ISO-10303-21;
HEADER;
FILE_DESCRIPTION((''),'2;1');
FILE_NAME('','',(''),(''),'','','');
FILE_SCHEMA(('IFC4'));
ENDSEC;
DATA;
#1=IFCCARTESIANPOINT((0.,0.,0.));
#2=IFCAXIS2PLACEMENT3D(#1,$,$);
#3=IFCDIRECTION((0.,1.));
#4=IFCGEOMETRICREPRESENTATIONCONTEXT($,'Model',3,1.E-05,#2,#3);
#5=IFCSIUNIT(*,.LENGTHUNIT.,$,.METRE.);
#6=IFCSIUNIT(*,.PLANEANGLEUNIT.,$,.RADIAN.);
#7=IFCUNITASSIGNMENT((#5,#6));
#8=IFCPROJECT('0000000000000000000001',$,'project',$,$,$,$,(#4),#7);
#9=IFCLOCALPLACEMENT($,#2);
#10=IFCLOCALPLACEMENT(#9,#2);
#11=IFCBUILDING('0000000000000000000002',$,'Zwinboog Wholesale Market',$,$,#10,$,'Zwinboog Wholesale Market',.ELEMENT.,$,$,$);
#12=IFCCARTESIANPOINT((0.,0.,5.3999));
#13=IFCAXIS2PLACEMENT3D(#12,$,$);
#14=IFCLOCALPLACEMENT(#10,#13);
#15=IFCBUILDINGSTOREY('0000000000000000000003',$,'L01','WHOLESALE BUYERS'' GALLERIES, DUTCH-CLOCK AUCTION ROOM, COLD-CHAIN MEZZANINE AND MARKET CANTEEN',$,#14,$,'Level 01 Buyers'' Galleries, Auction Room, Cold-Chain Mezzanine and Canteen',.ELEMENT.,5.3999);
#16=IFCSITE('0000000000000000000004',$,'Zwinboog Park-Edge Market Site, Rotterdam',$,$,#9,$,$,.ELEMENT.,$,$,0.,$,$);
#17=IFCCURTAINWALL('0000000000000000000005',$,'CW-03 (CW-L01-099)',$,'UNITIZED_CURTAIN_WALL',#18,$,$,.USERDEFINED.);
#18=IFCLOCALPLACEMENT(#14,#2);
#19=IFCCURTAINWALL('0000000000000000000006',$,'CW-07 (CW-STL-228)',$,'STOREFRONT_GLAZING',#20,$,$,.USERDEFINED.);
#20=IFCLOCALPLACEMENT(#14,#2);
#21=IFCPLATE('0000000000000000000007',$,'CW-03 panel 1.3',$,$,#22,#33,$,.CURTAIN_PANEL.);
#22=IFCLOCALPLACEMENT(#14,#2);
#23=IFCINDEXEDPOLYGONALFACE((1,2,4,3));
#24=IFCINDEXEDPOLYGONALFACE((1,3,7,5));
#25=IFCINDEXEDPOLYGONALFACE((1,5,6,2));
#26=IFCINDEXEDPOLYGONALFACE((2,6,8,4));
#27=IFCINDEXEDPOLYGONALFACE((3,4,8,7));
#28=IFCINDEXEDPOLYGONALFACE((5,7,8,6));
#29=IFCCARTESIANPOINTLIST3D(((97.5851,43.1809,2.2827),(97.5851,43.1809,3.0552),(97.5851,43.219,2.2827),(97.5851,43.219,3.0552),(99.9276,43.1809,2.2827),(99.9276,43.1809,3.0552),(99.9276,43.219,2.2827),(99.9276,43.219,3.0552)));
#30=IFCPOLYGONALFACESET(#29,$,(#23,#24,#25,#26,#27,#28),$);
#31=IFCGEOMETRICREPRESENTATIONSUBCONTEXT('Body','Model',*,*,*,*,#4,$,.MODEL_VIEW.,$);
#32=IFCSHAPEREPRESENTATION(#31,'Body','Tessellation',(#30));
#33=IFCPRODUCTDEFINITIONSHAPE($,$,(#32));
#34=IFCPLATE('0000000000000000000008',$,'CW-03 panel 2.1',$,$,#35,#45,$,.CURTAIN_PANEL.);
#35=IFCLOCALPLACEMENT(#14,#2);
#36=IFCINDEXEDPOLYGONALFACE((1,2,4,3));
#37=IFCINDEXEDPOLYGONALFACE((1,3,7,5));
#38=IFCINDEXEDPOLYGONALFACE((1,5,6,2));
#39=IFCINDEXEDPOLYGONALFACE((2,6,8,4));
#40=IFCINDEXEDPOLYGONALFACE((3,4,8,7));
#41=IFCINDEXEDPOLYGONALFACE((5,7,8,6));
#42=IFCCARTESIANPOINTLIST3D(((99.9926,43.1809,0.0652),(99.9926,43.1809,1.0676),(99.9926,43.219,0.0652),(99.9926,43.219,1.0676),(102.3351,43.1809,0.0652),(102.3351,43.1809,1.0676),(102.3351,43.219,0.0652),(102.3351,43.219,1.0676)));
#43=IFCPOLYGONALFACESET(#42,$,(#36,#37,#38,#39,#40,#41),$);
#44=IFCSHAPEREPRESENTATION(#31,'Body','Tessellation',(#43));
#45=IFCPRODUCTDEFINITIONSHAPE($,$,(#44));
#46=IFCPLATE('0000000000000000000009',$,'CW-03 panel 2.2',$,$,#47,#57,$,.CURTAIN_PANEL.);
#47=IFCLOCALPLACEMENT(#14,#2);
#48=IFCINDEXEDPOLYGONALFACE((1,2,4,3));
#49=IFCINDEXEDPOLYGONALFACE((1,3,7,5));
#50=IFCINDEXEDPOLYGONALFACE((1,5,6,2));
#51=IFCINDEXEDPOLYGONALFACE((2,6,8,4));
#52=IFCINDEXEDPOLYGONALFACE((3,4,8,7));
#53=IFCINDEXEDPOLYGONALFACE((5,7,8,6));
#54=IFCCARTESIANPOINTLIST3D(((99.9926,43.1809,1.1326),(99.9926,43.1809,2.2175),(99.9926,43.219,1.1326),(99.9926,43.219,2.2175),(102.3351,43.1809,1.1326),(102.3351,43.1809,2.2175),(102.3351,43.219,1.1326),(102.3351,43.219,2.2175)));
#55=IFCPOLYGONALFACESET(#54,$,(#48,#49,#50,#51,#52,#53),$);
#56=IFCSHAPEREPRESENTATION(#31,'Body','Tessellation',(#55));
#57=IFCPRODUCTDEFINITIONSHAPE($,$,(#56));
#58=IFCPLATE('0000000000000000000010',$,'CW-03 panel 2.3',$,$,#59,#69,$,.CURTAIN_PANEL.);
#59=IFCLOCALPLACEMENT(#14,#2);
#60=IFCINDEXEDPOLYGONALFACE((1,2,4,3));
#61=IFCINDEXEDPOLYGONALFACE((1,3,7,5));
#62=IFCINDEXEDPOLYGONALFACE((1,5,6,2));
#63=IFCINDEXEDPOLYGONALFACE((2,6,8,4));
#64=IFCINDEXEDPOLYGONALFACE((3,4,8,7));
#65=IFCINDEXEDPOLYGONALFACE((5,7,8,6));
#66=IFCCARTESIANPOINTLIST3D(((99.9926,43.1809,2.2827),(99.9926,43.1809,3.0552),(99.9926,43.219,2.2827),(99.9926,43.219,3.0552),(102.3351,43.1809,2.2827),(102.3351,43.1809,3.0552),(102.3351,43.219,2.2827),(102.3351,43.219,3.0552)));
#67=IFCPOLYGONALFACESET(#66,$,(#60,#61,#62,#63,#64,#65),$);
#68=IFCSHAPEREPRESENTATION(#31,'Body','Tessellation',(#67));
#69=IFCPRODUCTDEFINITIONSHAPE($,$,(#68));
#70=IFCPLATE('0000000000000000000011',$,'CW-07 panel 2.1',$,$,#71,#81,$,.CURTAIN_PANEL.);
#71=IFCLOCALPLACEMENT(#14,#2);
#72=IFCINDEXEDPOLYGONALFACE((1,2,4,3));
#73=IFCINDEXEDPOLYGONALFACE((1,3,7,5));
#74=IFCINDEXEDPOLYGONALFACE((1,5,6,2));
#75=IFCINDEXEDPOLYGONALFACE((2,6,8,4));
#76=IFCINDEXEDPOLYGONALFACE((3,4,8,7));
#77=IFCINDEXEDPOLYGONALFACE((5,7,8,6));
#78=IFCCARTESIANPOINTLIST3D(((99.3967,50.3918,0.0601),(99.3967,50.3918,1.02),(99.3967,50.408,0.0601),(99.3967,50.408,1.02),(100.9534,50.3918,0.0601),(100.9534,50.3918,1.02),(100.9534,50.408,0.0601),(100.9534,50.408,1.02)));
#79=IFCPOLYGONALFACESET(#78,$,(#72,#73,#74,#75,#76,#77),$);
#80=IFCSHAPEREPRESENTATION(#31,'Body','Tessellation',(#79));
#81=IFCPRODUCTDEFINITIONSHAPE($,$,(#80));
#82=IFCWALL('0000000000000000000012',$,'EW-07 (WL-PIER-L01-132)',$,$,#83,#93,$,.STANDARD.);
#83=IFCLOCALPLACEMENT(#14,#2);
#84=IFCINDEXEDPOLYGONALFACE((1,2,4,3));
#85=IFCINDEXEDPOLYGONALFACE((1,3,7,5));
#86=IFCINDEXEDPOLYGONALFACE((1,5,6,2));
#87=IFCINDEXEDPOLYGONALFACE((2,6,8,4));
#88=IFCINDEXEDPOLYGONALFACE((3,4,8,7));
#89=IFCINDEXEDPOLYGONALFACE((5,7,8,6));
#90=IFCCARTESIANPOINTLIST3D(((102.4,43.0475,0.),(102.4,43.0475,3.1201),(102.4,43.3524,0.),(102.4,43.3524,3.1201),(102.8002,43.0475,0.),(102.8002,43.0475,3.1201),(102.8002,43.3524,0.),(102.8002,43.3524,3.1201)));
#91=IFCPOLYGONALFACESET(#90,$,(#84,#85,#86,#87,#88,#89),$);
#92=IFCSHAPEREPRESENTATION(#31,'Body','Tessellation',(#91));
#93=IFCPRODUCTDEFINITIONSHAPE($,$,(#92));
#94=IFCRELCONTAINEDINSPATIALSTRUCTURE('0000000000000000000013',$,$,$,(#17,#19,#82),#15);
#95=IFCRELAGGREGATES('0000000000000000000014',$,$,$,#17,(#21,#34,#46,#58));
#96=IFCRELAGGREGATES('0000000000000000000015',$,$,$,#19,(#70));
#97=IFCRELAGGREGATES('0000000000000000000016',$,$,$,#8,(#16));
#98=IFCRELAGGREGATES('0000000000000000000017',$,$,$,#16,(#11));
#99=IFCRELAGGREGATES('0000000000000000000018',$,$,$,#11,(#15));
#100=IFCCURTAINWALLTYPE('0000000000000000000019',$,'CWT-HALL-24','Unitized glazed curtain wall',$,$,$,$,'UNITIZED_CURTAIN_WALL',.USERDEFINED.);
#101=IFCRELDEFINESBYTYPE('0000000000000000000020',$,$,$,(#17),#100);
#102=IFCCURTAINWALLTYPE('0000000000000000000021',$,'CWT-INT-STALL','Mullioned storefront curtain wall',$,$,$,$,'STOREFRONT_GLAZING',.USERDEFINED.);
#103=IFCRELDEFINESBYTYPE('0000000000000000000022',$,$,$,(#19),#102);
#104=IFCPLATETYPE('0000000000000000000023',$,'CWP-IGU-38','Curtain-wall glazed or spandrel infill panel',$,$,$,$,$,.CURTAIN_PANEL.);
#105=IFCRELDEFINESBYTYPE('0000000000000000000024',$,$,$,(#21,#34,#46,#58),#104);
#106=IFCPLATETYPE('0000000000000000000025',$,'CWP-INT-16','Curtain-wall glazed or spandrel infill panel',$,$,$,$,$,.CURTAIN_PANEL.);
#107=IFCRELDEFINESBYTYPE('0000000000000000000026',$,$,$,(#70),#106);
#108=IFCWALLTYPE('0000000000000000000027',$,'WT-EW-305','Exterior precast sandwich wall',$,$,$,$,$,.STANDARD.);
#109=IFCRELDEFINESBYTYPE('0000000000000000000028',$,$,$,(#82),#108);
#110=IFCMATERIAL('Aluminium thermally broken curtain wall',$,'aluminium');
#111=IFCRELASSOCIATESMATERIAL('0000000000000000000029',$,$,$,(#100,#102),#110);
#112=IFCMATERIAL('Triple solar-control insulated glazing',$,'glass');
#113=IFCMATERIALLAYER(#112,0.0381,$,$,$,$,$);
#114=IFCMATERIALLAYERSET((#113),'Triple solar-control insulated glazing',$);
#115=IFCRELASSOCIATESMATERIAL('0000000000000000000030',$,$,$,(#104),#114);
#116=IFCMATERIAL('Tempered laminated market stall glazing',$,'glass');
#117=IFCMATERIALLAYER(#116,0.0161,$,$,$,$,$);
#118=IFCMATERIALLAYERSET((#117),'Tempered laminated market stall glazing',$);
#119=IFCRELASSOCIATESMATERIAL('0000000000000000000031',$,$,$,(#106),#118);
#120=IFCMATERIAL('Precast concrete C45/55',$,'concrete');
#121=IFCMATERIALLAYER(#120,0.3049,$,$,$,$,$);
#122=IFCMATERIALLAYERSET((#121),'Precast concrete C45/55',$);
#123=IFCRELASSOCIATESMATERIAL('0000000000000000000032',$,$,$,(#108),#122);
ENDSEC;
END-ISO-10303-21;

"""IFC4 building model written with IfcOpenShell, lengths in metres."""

from ifc_helpers import new_model, si_unit, direction, frame, frame_2d, origin, origin_2d, place, context, subcontext, project, spatial, rectangle, extrude, material, layer, layer_set, type_object, element, aggregate, save


model = new_model("IFC4")

# Units and contexts
model_context = context("Model", 3, precision=1e-05, world=origin(), true_north=direction((0.0, 1.0)))
body_context = subcontext(model_context, "Body", "Model", "MODEL_VIEW")
ifc_project = project(units=[si_unit("LENGTHUNIT", "METRE"), si_unit("PLANEANGLEUNIT", "RADIAN")], contexts=[model_context])

# Site, building, storey
site_placement = place(None, origin())
site = spatial("IfcSite", under=ifc_project, at=site_placement, Name="Zwinboog Park-Edge Market Site, Rotterdam", CompositionType="ELEMENT", RefElevation=0.0)
building_placement = place(site_placement, origin())
building = spatial("IfcBuilding", under=site, at=building_placement, Name="Zwinboog Wholesale Market", LongName="Zwinboog Wholesale Market", CompositionType="ELEMENT")
storey_placement = place(building_placement, frame((0.0, 0.0, 5.3999)))
storey = spatial("IfcBuildingStorey", under=building, at=storey_placement, Name="L01", Description="WHOLESALE BUYERS' GALLERIES, DUTCH-CLOCK AUCTION ROOM, COLD-CHAIN MEZZANINE AND MARKET CANTEEN", LongName="Level 01 Buyers' Galleries, Auction Room, Cold-Chain Mezzanine and Canteen", CompositionType="ELEMENT", Elevation=5.3999)

# Curtain wall
ifc_material_1 = material(Name="Aluminium thermally broken curtain wall", Category="aluminium")
curtain_wall_type_1 = type_object("IfcCurtainWallType", Name="CWT-HALL-24", Description="Unitized glazed curtain wall", ElementType="UNITIZED_CURTAIN_WALL", PredefinedType="USERDEFINED", material=ifc_material_1)
curtain_wall_1_placement = place(storey_placement, origin())
curtain_wall_1 = element("IfcCurtainWall", 1, at=curtain_wall_1_placement, inside=storey, type_object=curtain_wall_type_1, Name="CW-03 (CW-L01-099)", ObjectType="UNITIZED_CURTAIN_WALL", PredefinedType="USERDEFINED")

# Curtain wall
curtain_wall_type_2 = type_object("IfcCurtainWallType", Name="CWT-INT-STALL", Description="Mullioned storefront curtain wall", ElementType="STOREFRONT_GLAZING", PredefinedType="USERDEFINED", material=ifc_material_1)
curtain_wall_2_placement = place(storey_placement, origin())
curtain_wall_2 = element("IfcCurtainWall", 2, at=curtain_wall_2_placement, inside=storey, type_object=curtain_wall_type_2, Name="CW-07 (CW-STL-228)", ObjectType="STOREFRONT_GLAZING", PredefinedType="USERDEFINED")

# Plates
ifc_material_2 = material(Name="Triple solar-control insulated glazing", Category="glass")
ifc_layer_1 = layer(ifc_material_2, 0.0381)
ifc_layer_set_1 = layer_set([ifc_layer_1], Name="Triple solar-control insulated glazing")
plate_type_1 = type_object("IfcPlateType", Name="CWP-IGU-38", Description="Curtain-wall glazed or spandrel infill panel", PredefinedType="CURTAIN_PANEL", material=ifc_layer_set_1)
plate_1_placement = place(storey_placement, frame((98.7563, 43.2, 2.2827), z_axis=(0.0, 0.0, 1.0), x_axis=(1.0, 0.0, 0.0)))
plate_1 = element("IfcPlate", 3, at=plate_1_placement, type_object=plate_type_1, Name="CW-03 panel 1.3", PredefinedType="CURTAIN_PANEL", context=body_context, shape_type="SweptSolid", body=[
    extrude(rectangle(XDim=2.3425, YDim=0.0381, at=origin_2d()), origin(), (0.0, 0.0, 1.0), 0.7725),
])
plate_2_placement = place(storey_placement, frame((101.1638, 43.2, 0.0652), z_axis=(0.0, 0.0, 1.0), x_axis=(1.0, 0.0, 0.0)))
plate_2 = element("IfcPlate", 4, at=plate_2_placement, type_object=plate_type_1, Name="CW-03 panel 2.1", PredefinedType="CURTAIN_PANEL", context=body_context, shape_type="SweptSolid", body=[
    extrude(rectangle(XDim=2.3425, YDim=0.0381, at=origin_2d()), origin(), (0.0, 0.0, 1.0), 1.0024),
])
plate_3_placement = place(storey_placement, frame((101.1638, 43.2, 1.1326), z_axis=(0.0, 0.0, 1.0), x_axis=(1.0, 0.0, 0.0)))
plate_3 = element("IfcPlate", 5, at=plate_3_placement, type_object=plate_type_1, Name="CW-03 panel 2.2", PredefinedType="CURTAIN_PANEL", context=body_context, shape_type="SweptSolid", body=[
    extrude(rectangle(XDim=2.3425, YDim=0.0381, at=origin_2d()), origin(), (0.0, 0.0, 1.0), 1.085),
])
plate_4_placement = place(storey_placement, frame((101.1638, 43.2, 2.2827), z_axis=(0.0, 0.0, 1.0), x_axis=(1.0, 0.0, 0.0)))
plate_4 = element("IfcPlate", 6, at=plate_4_placement, type_object=plate_type_1, Name="CW-03 panel 2.3", PredefinedType="CURTAIN_PANEL", context=body_context, shape_type="SweptSolid", body=[
    extrude(rectangle(XDim=2.3425, YDim=0.0381, at=origin_2d()), origin(), (0.0, 0.0, 1.0), 0.7725),
])
aggregate(curtain_wall_1, [plate_1, plate_2, plate_3, plate_4])
ifc_material_3 = material(Name="Tempered laminated market stall glazing", Category="glass")
ifc_layer_2 = layer(ifc_material_3, 0.0161)
ifc_layer_set_2 = layer_set([ifc_layer_2], Name="Tempered laminated market stall glazing")
plate_type_2 = type_object("IfcPlateType", Name="CWP-INT-16", Description="Curtain-wall glazed or spandrel infill panel", PredefinedType="CURTAIN_PANEL", material=ifc_layer_set_2)
plate_5_placement = place(storey_placement, frame((100.175, 50.3999, 0.0601), z_axis=(0.0, 0.0, 1.0), x_axis=(1.0, 0.0, 0.0)))
plate_5 = element("IfcPlate", 7, at=plate_5_placement, type_object=plate_type_2, Name="CW-07 panel 2.1", PredefinedType="CURTAIN_PANEL", context=body_context, shape_type="SweptSolid", body=[
    extrude(rectangle(XDim=1.5566, YDim=0.0161, at=origin_2d()), origin(), (0.0, 0.0, 1.0), 0.96),
])
aggregate(curtain_wall_2, [plate_5])

# Wall
ifc_material_4 = material(Name="Precast concrete C45/55", Category="concrete")
ifc_layer_3 = layer(ifc_material_4, 0.3049)
ifc_layer_set_3 = layer_set([ifc_layer_3], Name="Precast concrete C45/55")
wall_type = type_object("IfcWallType", Name="WT-EW-305", Description="Exterior precast sandwich wall", PredefinedType="STANDARD", material=ifc_layer_set_3)
wall_placement = place(storey_placement, frame((102.3999, 43.2, 0.0), z_axis=(0.0, 0.0, 1.0), x_axis=(1.0, 0.0, 0.0)))
element("IfcWall", 8, at=wall_placement, inside=storey, type_object=wall_type, Name="EW-07 (WL-PIER-L01-132)", PredefinedType="STANDARD", context=body_context, shape_type="SweptSolid", body=[
    extrude(rectangle(XDim=0.4001, YDim=0.3049, at=frame_2d((0.2002, 0.0))), origin(), (0.0, 0.0, 1.0), 3.1201),
])

save(model, "model.ifc")
